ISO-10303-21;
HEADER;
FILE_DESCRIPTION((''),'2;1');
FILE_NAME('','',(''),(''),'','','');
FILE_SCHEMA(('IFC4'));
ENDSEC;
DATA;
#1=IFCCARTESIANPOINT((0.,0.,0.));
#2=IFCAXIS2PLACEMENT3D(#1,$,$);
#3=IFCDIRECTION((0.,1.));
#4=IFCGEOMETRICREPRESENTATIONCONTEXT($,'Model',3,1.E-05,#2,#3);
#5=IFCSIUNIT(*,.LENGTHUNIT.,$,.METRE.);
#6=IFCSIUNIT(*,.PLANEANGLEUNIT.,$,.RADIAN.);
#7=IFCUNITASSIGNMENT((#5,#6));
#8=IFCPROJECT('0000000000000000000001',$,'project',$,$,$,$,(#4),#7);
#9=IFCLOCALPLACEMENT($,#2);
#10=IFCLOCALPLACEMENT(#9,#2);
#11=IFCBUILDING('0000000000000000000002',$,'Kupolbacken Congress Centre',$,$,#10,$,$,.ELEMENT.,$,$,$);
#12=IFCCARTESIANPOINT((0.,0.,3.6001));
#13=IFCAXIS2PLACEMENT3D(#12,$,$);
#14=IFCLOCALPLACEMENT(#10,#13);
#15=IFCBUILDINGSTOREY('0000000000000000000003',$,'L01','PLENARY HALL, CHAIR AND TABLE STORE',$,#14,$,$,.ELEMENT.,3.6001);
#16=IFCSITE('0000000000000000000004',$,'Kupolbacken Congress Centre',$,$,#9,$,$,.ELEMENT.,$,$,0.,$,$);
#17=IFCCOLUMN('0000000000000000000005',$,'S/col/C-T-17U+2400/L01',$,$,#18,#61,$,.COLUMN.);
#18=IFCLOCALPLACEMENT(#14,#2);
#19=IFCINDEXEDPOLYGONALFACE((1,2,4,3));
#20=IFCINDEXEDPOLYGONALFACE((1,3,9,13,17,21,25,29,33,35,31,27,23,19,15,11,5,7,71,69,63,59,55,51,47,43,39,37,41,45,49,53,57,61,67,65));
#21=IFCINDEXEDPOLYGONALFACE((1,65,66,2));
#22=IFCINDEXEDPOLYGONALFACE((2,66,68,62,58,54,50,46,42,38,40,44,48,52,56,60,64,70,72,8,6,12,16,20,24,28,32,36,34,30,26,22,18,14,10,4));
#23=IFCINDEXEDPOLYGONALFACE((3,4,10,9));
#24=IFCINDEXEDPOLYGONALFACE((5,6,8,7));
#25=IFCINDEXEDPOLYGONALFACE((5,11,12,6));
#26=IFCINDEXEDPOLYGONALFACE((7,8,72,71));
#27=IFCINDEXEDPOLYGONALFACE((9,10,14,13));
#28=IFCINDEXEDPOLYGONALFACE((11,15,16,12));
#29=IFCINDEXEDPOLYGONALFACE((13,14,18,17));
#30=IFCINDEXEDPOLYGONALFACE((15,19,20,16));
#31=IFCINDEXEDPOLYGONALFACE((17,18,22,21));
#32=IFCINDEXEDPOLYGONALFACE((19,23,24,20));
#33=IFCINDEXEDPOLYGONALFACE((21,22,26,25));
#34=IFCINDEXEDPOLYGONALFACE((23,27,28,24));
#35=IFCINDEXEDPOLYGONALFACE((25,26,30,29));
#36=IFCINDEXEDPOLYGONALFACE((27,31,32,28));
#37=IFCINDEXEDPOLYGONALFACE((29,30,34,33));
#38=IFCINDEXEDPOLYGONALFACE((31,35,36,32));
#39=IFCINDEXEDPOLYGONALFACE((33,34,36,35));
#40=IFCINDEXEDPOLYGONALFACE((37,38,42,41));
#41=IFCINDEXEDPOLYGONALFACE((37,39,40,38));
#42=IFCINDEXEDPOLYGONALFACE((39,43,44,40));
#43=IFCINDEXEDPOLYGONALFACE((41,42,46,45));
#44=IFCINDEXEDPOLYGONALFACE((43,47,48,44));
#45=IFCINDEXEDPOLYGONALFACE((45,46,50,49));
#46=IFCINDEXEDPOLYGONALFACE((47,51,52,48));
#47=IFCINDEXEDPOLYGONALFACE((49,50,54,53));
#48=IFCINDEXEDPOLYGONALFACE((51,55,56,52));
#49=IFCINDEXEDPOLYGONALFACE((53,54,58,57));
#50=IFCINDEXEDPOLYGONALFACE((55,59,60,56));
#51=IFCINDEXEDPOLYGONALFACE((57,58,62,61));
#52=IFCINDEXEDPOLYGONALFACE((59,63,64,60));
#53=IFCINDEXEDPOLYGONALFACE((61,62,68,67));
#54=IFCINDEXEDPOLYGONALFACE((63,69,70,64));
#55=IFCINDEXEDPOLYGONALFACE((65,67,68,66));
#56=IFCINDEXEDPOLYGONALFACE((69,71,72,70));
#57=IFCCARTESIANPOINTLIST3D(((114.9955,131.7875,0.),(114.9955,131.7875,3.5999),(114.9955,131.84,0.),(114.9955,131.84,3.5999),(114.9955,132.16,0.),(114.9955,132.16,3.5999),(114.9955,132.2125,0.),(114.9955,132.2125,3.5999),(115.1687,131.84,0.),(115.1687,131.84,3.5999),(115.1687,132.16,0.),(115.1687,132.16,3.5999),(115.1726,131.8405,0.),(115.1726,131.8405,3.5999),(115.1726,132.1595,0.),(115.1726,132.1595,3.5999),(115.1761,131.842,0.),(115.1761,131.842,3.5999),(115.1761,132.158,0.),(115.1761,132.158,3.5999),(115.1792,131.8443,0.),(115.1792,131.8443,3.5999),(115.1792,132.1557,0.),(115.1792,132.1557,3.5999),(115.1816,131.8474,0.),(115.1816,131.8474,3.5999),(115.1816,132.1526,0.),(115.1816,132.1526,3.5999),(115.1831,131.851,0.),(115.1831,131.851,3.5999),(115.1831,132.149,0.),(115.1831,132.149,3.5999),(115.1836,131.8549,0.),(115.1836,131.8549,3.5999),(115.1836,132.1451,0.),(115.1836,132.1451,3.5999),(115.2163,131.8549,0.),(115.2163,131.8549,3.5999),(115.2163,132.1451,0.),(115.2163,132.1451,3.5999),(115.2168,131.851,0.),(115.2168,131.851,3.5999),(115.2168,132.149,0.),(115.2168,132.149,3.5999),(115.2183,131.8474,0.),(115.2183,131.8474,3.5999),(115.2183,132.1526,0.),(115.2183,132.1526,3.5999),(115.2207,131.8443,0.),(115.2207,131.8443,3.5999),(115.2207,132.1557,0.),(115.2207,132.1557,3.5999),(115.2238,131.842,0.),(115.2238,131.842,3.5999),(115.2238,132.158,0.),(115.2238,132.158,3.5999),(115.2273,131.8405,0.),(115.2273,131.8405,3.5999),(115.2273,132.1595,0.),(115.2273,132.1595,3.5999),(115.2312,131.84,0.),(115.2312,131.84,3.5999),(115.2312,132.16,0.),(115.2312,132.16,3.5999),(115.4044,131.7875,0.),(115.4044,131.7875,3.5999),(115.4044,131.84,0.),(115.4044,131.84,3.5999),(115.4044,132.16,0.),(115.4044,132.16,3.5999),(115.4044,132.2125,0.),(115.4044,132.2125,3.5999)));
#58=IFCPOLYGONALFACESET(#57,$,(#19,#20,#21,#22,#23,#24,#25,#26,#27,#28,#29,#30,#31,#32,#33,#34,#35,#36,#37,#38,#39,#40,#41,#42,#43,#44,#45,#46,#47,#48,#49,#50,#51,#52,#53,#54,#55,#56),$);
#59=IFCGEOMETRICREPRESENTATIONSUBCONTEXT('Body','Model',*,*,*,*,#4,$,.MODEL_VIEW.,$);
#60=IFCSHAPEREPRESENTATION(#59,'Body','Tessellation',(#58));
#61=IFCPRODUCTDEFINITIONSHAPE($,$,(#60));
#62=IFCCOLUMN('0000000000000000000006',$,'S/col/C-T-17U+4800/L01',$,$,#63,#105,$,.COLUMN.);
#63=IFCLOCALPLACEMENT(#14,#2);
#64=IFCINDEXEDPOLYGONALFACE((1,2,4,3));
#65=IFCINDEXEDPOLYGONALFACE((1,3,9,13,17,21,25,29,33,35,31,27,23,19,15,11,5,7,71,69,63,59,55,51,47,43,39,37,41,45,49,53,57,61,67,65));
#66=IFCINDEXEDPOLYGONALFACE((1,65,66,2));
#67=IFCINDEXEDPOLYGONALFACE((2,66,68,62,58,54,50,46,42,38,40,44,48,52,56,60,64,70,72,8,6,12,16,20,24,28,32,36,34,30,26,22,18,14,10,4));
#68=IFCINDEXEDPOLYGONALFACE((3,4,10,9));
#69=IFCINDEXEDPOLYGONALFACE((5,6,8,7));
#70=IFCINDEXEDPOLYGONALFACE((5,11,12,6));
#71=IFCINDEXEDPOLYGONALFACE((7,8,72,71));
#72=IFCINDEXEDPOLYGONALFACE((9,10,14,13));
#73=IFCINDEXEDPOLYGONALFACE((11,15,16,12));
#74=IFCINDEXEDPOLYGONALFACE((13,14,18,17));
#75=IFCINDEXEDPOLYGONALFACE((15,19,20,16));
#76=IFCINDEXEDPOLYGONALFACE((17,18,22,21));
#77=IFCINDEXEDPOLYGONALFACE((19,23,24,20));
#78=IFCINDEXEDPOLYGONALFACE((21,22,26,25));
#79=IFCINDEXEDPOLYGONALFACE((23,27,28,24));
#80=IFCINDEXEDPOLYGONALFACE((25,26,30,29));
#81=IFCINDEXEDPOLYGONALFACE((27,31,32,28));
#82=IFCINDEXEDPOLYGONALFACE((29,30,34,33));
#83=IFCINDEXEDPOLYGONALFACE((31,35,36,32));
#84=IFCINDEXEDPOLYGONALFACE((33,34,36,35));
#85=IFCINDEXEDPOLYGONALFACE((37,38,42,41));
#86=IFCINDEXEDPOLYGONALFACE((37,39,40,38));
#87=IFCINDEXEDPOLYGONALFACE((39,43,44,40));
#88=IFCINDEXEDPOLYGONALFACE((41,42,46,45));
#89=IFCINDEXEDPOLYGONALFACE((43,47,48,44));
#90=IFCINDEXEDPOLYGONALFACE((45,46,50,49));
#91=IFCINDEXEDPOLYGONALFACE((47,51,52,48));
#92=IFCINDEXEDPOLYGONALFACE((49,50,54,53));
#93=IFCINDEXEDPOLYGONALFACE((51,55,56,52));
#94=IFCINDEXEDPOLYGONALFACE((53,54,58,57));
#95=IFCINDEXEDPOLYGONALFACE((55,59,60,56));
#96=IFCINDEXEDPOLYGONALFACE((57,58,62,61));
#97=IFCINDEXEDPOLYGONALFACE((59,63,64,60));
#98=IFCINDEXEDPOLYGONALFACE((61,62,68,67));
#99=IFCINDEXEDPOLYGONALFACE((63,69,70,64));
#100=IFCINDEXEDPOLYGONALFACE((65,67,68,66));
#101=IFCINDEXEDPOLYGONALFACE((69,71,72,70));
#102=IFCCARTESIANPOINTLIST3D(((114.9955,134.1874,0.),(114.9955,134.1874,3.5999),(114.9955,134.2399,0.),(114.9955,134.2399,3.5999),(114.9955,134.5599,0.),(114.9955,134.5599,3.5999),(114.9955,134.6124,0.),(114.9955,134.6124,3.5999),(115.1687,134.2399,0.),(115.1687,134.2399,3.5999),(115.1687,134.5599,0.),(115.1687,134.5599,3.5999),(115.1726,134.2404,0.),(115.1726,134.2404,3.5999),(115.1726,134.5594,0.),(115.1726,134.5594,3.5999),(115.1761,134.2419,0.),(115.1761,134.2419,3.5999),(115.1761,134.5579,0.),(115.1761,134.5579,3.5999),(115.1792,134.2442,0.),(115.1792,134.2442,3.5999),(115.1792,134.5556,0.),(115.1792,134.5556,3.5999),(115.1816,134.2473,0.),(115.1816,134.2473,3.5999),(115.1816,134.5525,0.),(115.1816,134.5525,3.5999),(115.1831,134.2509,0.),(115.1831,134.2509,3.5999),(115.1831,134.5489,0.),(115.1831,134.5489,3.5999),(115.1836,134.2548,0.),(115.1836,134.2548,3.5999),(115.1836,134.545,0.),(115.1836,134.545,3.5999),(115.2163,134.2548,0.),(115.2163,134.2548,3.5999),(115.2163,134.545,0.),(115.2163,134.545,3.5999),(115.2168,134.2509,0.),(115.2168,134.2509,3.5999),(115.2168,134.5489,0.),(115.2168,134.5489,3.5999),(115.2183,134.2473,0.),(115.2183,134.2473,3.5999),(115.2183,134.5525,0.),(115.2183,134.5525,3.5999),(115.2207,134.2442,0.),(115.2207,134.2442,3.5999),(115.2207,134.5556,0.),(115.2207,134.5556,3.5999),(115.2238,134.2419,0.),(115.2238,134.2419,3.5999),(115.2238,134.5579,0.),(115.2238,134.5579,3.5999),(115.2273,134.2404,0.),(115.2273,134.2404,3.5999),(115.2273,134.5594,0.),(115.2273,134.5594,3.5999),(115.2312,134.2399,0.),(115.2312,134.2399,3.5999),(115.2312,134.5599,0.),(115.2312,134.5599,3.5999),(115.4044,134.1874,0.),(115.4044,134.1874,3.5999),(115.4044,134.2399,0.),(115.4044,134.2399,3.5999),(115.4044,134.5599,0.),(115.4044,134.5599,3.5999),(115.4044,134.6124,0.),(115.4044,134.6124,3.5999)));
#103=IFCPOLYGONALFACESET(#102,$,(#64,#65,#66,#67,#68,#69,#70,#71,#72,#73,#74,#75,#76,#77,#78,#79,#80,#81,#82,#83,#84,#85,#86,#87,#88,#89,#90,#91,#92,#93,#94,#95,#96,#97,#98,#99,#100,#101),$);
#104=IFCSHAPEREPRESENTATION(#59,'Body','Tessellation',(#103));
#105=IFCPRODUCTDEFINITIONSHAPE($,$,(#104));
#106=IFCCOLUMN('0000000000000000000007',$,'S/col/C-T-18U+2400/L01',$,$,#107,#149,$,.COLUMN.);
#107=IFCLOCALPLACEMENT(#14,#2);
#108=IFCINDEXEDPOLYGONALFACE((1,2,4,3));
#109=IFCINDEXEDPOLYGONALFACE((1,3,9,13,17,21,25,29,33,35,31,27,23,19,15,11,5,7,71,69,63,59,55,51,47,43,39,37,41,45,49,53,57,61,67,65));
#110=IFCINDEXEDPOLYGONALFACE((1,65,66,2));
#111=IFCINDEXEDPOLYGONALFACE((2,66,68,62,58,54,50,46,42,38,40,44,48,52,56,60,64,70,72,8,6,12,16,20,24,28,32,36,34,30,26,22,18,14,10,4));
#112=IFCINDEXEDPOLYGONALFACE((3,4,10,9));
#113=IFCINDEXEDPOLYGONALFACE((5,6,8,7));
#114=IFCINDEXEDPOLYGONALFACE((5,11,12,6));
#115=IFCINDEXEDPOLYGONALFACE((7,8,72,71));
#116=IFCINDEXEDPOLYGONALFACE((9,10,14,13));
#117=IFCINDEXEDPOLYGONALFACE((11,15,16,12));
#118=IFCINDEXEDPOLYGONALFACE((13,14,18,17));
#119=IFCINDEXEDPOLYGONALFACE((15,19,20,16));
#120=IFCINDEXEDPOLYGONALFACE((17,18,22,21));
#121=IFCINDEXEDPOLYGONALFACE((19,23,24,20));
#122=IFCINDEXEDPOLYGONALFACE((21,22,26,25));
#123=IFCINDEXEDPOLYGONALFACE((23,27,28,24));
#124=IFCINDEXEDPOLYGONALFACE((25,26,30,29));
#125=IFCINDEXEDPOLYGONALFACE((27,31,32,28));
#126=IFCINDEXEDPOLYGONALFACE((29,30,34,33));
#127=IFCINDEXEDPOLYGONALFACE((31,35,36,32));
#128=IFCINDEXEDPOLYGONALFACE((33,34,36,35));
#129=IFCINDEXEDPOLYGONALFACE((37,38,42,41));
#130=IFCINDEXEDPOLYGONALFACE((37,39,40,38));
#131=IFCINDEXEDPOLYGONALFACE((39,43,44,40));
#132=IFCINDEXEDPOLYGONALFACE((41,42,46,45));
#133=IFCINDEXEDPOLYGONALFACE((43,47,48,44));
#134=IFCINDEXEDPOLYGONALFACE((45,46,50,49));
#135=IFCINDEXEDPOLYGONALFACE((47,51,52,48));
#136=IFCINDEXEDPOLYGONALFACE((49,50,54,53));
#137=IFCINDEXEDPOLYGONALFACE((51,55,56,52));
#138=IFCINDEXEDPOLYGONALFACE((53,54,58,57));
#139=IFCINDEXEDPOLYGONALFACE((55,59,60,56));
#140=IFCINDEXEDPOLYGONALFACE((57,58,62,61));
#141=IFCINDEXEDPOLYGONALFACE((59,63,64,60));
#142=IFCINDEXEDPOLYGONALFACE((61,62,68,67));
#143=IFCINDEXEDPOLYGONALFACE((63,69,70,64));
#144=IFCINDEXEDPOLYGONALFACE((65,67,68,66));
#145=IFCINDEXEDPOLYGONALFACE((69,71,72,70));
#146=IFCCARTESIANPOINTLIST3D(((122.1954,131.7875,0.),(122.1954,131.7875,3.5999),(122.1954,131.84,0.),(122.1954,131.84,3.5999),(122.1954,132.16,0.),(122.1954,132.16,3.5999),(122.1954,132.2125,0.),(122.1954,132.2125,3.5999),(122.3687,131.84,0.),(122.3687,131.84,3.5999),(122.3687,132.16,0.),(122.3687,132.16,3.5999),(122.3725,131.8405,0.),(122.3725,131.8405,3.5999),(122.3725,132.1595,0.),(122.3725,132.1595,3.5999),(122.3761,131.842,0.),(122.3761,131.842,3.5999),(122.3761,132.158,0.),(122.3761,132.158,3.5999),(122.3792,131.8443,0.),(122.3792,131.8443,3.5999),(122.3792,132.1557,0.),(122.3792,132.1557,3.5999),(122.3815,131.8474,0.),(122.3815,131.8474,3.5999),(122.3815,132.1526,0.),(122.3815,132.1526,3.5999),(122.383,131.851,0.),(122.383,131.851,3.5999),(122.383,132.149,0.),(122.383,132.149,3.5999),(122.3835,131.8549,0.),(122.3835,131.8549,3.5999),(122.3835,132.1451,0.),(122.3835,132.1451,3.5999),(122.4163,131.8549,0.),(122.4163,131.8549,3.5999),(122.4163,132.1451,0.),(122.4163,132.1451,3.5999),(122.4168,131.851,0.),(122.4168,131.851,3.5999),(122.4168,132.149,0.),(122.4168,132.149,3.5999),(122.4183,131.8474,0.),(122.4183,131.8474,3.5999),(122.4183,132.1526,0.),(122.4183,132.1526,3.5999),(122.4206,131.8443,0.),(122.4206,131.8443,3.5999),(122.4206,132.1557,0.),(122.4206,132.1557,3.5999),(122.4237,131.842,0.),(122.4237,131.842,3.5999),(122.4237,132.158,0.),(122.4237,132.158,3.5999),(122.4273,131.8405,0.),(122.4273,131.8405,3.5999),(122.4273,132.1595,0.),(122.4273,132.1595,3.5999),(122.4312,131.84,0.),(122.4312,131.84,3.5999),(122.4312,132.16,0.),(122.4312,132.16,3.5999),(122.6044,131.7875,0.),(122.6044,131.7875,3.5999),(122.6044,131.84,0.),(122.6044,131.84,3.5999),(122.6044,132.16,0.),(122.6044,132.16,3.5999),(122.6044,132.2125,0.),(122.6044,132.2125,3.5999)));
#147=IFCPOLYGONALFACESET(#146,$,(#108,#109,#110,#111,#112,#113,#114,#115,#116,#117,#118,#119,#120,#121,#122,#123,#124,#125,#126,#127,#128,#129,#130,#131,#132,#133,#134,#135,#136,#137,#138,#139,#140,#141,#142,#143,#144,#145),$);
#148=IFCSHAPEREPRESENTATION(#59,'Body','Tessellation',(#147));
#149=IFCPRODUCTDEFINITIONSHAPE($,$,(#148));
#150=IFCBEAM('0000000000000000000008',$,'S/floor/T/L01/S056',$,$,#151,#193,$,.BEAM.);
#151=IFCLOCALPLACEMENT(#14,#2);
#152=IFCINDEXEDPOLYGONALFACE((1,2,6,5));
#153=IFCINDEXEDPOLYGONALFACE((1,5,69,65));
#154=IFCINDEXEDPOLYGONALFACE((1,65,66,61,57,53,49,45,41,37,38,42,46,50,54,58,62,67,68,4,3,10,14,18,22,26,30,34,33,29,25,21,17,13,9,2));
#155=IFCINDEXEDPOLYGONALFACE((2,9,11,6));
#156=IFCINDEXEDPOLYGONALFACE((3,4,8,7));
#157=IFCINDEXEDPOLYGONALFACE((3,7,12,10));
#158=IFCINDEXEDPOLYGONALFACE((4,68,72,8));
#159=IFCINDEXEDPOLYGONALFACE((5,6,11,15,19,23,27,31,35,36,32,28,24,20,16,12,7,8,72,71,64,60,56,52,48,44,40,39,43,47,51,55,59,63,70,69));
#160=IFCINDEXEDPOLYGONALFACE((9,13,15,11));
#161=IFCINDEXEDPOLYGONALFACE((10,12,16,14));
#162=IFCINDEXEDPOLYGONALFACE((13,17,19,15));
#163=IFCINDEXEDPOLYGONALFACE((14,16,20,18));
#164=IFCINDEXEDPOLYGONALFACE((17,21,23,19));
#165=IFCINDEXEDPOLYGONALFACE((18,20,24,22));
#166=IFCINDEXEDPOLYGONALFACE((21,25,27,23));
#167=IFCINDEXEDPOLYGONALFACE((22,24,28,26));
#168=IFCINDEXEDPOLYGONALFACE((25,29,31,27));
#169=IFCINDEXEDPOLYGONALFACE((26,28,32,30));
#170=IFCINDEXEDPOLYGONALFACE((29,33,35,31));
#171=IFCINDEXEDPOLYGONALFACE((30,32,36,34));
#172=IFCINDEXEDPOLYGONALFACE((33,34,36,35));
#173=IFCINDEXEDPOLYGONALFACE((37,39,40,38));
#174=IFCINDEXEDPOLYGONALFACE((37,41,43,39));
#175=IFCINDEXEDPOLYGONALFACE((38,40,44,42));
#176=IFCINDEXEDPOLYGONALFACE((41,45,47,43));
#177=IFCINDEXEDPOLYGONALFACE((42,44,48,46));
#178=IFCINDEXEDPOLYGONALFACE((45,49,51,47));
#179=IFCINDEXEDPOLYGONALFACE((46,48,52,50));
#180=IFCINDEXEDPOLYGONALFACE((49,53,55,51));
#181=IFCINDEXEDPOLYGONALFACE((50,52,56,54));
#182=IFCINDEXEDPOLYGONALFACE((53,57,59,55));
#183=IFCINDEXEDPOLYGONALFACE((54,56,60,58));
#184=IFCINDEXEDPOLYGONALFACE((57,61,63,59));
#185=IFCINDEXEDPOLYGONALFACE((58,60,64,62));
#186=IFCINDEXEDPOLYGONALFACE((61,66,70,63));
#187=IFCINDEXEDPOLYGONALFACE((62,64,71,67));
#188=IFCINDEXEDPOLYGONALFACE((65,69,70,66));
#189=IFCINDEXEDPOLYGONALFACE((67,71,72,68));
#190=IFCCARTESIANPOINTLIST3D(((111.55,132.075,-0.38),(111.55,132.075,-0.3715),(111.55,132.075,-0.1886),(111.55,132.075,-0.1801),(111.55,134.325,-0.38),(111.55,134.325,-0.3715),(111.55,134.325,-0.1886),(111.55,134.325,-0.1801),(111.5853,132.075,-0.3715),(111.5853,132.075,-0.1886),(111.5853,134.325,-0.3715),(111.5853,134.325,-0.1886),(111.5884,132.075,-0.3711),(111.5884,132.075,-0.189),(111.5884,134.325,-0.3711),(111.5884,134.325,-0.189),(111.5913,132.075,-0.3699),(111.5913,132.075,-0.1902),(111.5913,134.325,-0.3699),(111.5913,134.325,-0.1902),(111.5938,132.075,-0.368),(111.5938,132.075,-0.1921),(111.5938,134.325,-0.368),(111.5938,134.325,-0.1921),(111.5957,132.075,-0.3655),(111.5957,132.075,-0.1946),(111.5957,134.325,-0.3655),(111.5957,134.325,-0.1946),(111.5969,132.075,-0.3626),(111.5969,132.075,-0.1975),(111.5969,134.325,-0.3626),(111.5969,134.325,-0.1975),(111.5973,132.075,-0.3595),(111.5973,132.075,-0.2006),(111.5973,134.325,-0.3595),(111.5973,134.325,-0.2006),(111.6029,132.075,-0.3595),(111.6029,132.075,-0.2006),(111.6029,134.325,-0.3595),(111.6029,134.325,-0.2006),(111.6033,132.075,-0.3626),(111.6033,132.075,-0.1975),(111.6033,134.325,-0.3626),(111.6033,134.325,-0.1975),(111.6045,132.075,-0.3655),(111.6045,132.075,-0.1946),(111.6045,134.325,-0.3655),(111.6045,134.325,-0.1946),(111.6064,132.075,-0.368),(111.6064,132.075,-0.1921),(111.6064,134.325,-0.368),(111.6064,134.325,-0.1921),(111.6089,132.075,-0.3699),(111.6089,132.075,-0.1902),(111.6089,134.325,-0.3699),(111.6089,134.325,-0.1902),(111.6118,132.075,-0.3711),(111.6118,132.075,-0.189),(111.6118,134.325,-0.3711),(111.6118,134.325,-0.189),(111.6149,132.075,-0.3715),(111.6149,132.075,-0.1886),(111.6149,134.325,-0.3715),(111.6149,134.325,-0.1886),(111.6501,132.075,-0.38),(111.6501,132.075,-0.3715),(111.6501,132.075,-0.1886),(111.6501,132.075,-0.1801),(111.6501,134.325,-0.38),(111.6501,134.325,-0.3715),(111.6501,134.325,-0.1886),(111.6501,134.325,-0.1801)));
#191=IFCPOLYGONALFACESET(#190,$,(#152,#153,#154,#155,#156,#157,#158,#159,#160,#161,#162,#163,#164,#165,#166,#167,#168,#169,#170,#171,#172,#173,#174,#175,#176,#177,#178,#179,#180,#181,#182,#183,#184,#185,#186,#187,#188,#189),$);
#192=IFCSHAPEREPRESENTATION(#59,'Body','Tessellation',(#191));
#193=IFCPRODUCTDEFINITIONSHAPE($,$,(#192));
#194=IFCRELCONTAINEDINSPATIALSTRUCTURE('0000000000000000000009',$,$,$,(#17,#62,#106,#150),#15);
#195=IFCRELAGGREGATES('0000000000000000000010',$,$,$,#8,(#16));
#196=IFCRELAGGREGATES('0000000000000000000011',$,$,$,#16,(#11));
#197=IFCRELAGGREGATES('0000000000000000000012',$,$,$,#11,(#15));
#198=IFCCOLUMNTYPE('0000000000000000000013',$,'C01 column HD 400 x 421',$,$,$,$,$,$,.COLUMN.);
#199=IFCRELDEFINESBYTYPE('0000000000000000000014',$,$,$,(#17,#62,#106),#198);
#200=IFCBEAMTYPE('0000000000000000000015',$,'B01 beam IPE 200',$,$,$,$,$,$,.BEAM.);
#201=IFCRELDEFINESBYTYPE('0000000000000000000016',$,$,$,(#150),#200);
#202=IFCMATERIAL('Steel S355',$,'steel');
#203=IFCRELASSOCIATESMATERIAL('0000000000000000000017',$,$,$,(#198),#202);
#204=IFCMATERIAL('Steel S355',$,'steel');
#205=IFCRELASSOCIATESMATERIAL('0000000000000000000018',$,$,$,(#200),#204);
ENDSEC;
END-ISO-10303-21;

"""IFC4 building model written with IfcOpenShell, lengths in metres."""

from ifc_helpers import new_model, si_unit, direction, frame, origin, origin_2d, place, context, subcontext, project, spatial, i_section, extrude, material, material_profile, profile_set, type_object, element, save


model = new_model("IFC4")

# Units and contexts
model_context = context("Model", 3, precision=1e-05, world=origin(), true_north=direction((0.0, 1.0)))
body_context = subcontext(model_context, "Body", "Model", "MODEL_VIEW")
ifc_project = project(units=[si_unit("LENGTHUNIT", "METRE"), si_unit("PLANEANGLEUNIT", "RADIAN")], contexts=[model_context])

# Site, building, storey
site_placement = place(None, origin())
site = spatial("IfcSite", under=ifc_project, at=site_placement, Name="Kupolbacken Congress Centre", CompositionType="ELEMENT", RefElevation=0.0)
building_placement = place(site_placement, origin())
building = spatial("IfcBuilding", under=site, at=building_placement, Name="Kupolbacken Congress Centre", CompositionType="ELEMENT")
storey_placement = place(building_placement, frame((0.0, 0.0, 3.6001)))
storey = spatial("IfcBuildingStorey", under=building, at=storey_placement, Name="L01", Description="PLENARY HALL, CHAIR AND TABLE STORE", CompositionType="ELEMENT", Elevation=3.6001)

# Columns
ifc_material_1 = material(Name="Steel S355", Category="steel")
ifc_material_profile_1 = material_profile(ifc_material_1, i_section(OverallWidth=0.4089, OverallDepth=0.425, WebThickness=0.0327, FlangeThickness=0.0525, FilletRadius=0.0149, at=origin_2d()), Name="HD 400 x 421")
ifc_profile_set_1 = profile_set([ifc_material_profile_1], Name="Steel S355")
column_type = type_object("IfcColumnType", Name="C01 column HD 400 x 421", PredefinedType="COLUMN", material=ifc_profile_set_1)
for number, where, z_axis, x_axis, name in (
    (1, (115.2, 132.0, 0.0), (0.0, 0.0, 1.0), (1.0, 0.0, 0.0), "S/col/C-T-17U+2400/L01"),
    (2, (115.2, 134.3999, 0.0), (0.0, 0.0, 1.0), (1.0, 0.0, 0.0), "S/col/C-T-17U+4800/L01"),
    (3, (122.3999, 132.0, 0.0), (0.0, 0.0, 1.0), (1.0, 0.0, 0.0), "S/col/C-T-18U+2400/L01"),
):
    element("IfcColumn", number, at=place(storey_placement, frame(where, z_axis=z_axis, x_axis=x_axis)), inside=storey, type_object=column_type, Name=name, PredefinedType="COLUMN", context=body_context, shape_type="SweptSolid", body=[
        extrude(i_section(OverallWidth=0.4089, OverallDepth=0.425, WebThickness=0.0327, FlangeThickness=0.0525, FilletRadius=0.0149, at=origin_2d()), origin(), (0.0, 0.0, 1.0), 3.5999),
    ])

# Beam
ifc_material_2 = material(Name="Steel S355", Category="steel")
ifc_material_profile_2 = material_profile(ifc_material_2, i_section(OverallWidth=0.1001, OverallDepth=0.2, WebThickness=0.0056, FlangeThickness=0.0085, FilletRadius=0.012, at=origin_2d()), Name="IPE 200")
ifc_profile_set_2 = profile_set([ifc_material_profile_2], Name="Steel S355")
beam_type_1 = type_object("IfcBeamType", Name="B01 beam IPE 200", PredefinedType="BEAM", material=ifc_profile_set_2)
beam_1_placement = place(storey_placement, frame((111.6001, 132.075, -0.28), z_axis=(0.0, 1.0, 0.0), x_axis=(-1.0, 0.0, 0.0)))
element("IfcBeam", 4, at=beam_1_placement, inside=storey, type_object=beam_type_1, Name="S/floor/T/L01/S056", PredefinedType="BEAM", context=body_context, shape_type="SweptSolid", body=[
    extrude(i_section(OverallWidth=0.1001, OverallDepth=0.2, WebThickness=0.0056, FlangeThickness=0.0085, FilletRadius=0.012, at=origin_2d()), origin(), (0.0, 0.0, 1.0), 2.25),
])

save(model, "model.ifc")
